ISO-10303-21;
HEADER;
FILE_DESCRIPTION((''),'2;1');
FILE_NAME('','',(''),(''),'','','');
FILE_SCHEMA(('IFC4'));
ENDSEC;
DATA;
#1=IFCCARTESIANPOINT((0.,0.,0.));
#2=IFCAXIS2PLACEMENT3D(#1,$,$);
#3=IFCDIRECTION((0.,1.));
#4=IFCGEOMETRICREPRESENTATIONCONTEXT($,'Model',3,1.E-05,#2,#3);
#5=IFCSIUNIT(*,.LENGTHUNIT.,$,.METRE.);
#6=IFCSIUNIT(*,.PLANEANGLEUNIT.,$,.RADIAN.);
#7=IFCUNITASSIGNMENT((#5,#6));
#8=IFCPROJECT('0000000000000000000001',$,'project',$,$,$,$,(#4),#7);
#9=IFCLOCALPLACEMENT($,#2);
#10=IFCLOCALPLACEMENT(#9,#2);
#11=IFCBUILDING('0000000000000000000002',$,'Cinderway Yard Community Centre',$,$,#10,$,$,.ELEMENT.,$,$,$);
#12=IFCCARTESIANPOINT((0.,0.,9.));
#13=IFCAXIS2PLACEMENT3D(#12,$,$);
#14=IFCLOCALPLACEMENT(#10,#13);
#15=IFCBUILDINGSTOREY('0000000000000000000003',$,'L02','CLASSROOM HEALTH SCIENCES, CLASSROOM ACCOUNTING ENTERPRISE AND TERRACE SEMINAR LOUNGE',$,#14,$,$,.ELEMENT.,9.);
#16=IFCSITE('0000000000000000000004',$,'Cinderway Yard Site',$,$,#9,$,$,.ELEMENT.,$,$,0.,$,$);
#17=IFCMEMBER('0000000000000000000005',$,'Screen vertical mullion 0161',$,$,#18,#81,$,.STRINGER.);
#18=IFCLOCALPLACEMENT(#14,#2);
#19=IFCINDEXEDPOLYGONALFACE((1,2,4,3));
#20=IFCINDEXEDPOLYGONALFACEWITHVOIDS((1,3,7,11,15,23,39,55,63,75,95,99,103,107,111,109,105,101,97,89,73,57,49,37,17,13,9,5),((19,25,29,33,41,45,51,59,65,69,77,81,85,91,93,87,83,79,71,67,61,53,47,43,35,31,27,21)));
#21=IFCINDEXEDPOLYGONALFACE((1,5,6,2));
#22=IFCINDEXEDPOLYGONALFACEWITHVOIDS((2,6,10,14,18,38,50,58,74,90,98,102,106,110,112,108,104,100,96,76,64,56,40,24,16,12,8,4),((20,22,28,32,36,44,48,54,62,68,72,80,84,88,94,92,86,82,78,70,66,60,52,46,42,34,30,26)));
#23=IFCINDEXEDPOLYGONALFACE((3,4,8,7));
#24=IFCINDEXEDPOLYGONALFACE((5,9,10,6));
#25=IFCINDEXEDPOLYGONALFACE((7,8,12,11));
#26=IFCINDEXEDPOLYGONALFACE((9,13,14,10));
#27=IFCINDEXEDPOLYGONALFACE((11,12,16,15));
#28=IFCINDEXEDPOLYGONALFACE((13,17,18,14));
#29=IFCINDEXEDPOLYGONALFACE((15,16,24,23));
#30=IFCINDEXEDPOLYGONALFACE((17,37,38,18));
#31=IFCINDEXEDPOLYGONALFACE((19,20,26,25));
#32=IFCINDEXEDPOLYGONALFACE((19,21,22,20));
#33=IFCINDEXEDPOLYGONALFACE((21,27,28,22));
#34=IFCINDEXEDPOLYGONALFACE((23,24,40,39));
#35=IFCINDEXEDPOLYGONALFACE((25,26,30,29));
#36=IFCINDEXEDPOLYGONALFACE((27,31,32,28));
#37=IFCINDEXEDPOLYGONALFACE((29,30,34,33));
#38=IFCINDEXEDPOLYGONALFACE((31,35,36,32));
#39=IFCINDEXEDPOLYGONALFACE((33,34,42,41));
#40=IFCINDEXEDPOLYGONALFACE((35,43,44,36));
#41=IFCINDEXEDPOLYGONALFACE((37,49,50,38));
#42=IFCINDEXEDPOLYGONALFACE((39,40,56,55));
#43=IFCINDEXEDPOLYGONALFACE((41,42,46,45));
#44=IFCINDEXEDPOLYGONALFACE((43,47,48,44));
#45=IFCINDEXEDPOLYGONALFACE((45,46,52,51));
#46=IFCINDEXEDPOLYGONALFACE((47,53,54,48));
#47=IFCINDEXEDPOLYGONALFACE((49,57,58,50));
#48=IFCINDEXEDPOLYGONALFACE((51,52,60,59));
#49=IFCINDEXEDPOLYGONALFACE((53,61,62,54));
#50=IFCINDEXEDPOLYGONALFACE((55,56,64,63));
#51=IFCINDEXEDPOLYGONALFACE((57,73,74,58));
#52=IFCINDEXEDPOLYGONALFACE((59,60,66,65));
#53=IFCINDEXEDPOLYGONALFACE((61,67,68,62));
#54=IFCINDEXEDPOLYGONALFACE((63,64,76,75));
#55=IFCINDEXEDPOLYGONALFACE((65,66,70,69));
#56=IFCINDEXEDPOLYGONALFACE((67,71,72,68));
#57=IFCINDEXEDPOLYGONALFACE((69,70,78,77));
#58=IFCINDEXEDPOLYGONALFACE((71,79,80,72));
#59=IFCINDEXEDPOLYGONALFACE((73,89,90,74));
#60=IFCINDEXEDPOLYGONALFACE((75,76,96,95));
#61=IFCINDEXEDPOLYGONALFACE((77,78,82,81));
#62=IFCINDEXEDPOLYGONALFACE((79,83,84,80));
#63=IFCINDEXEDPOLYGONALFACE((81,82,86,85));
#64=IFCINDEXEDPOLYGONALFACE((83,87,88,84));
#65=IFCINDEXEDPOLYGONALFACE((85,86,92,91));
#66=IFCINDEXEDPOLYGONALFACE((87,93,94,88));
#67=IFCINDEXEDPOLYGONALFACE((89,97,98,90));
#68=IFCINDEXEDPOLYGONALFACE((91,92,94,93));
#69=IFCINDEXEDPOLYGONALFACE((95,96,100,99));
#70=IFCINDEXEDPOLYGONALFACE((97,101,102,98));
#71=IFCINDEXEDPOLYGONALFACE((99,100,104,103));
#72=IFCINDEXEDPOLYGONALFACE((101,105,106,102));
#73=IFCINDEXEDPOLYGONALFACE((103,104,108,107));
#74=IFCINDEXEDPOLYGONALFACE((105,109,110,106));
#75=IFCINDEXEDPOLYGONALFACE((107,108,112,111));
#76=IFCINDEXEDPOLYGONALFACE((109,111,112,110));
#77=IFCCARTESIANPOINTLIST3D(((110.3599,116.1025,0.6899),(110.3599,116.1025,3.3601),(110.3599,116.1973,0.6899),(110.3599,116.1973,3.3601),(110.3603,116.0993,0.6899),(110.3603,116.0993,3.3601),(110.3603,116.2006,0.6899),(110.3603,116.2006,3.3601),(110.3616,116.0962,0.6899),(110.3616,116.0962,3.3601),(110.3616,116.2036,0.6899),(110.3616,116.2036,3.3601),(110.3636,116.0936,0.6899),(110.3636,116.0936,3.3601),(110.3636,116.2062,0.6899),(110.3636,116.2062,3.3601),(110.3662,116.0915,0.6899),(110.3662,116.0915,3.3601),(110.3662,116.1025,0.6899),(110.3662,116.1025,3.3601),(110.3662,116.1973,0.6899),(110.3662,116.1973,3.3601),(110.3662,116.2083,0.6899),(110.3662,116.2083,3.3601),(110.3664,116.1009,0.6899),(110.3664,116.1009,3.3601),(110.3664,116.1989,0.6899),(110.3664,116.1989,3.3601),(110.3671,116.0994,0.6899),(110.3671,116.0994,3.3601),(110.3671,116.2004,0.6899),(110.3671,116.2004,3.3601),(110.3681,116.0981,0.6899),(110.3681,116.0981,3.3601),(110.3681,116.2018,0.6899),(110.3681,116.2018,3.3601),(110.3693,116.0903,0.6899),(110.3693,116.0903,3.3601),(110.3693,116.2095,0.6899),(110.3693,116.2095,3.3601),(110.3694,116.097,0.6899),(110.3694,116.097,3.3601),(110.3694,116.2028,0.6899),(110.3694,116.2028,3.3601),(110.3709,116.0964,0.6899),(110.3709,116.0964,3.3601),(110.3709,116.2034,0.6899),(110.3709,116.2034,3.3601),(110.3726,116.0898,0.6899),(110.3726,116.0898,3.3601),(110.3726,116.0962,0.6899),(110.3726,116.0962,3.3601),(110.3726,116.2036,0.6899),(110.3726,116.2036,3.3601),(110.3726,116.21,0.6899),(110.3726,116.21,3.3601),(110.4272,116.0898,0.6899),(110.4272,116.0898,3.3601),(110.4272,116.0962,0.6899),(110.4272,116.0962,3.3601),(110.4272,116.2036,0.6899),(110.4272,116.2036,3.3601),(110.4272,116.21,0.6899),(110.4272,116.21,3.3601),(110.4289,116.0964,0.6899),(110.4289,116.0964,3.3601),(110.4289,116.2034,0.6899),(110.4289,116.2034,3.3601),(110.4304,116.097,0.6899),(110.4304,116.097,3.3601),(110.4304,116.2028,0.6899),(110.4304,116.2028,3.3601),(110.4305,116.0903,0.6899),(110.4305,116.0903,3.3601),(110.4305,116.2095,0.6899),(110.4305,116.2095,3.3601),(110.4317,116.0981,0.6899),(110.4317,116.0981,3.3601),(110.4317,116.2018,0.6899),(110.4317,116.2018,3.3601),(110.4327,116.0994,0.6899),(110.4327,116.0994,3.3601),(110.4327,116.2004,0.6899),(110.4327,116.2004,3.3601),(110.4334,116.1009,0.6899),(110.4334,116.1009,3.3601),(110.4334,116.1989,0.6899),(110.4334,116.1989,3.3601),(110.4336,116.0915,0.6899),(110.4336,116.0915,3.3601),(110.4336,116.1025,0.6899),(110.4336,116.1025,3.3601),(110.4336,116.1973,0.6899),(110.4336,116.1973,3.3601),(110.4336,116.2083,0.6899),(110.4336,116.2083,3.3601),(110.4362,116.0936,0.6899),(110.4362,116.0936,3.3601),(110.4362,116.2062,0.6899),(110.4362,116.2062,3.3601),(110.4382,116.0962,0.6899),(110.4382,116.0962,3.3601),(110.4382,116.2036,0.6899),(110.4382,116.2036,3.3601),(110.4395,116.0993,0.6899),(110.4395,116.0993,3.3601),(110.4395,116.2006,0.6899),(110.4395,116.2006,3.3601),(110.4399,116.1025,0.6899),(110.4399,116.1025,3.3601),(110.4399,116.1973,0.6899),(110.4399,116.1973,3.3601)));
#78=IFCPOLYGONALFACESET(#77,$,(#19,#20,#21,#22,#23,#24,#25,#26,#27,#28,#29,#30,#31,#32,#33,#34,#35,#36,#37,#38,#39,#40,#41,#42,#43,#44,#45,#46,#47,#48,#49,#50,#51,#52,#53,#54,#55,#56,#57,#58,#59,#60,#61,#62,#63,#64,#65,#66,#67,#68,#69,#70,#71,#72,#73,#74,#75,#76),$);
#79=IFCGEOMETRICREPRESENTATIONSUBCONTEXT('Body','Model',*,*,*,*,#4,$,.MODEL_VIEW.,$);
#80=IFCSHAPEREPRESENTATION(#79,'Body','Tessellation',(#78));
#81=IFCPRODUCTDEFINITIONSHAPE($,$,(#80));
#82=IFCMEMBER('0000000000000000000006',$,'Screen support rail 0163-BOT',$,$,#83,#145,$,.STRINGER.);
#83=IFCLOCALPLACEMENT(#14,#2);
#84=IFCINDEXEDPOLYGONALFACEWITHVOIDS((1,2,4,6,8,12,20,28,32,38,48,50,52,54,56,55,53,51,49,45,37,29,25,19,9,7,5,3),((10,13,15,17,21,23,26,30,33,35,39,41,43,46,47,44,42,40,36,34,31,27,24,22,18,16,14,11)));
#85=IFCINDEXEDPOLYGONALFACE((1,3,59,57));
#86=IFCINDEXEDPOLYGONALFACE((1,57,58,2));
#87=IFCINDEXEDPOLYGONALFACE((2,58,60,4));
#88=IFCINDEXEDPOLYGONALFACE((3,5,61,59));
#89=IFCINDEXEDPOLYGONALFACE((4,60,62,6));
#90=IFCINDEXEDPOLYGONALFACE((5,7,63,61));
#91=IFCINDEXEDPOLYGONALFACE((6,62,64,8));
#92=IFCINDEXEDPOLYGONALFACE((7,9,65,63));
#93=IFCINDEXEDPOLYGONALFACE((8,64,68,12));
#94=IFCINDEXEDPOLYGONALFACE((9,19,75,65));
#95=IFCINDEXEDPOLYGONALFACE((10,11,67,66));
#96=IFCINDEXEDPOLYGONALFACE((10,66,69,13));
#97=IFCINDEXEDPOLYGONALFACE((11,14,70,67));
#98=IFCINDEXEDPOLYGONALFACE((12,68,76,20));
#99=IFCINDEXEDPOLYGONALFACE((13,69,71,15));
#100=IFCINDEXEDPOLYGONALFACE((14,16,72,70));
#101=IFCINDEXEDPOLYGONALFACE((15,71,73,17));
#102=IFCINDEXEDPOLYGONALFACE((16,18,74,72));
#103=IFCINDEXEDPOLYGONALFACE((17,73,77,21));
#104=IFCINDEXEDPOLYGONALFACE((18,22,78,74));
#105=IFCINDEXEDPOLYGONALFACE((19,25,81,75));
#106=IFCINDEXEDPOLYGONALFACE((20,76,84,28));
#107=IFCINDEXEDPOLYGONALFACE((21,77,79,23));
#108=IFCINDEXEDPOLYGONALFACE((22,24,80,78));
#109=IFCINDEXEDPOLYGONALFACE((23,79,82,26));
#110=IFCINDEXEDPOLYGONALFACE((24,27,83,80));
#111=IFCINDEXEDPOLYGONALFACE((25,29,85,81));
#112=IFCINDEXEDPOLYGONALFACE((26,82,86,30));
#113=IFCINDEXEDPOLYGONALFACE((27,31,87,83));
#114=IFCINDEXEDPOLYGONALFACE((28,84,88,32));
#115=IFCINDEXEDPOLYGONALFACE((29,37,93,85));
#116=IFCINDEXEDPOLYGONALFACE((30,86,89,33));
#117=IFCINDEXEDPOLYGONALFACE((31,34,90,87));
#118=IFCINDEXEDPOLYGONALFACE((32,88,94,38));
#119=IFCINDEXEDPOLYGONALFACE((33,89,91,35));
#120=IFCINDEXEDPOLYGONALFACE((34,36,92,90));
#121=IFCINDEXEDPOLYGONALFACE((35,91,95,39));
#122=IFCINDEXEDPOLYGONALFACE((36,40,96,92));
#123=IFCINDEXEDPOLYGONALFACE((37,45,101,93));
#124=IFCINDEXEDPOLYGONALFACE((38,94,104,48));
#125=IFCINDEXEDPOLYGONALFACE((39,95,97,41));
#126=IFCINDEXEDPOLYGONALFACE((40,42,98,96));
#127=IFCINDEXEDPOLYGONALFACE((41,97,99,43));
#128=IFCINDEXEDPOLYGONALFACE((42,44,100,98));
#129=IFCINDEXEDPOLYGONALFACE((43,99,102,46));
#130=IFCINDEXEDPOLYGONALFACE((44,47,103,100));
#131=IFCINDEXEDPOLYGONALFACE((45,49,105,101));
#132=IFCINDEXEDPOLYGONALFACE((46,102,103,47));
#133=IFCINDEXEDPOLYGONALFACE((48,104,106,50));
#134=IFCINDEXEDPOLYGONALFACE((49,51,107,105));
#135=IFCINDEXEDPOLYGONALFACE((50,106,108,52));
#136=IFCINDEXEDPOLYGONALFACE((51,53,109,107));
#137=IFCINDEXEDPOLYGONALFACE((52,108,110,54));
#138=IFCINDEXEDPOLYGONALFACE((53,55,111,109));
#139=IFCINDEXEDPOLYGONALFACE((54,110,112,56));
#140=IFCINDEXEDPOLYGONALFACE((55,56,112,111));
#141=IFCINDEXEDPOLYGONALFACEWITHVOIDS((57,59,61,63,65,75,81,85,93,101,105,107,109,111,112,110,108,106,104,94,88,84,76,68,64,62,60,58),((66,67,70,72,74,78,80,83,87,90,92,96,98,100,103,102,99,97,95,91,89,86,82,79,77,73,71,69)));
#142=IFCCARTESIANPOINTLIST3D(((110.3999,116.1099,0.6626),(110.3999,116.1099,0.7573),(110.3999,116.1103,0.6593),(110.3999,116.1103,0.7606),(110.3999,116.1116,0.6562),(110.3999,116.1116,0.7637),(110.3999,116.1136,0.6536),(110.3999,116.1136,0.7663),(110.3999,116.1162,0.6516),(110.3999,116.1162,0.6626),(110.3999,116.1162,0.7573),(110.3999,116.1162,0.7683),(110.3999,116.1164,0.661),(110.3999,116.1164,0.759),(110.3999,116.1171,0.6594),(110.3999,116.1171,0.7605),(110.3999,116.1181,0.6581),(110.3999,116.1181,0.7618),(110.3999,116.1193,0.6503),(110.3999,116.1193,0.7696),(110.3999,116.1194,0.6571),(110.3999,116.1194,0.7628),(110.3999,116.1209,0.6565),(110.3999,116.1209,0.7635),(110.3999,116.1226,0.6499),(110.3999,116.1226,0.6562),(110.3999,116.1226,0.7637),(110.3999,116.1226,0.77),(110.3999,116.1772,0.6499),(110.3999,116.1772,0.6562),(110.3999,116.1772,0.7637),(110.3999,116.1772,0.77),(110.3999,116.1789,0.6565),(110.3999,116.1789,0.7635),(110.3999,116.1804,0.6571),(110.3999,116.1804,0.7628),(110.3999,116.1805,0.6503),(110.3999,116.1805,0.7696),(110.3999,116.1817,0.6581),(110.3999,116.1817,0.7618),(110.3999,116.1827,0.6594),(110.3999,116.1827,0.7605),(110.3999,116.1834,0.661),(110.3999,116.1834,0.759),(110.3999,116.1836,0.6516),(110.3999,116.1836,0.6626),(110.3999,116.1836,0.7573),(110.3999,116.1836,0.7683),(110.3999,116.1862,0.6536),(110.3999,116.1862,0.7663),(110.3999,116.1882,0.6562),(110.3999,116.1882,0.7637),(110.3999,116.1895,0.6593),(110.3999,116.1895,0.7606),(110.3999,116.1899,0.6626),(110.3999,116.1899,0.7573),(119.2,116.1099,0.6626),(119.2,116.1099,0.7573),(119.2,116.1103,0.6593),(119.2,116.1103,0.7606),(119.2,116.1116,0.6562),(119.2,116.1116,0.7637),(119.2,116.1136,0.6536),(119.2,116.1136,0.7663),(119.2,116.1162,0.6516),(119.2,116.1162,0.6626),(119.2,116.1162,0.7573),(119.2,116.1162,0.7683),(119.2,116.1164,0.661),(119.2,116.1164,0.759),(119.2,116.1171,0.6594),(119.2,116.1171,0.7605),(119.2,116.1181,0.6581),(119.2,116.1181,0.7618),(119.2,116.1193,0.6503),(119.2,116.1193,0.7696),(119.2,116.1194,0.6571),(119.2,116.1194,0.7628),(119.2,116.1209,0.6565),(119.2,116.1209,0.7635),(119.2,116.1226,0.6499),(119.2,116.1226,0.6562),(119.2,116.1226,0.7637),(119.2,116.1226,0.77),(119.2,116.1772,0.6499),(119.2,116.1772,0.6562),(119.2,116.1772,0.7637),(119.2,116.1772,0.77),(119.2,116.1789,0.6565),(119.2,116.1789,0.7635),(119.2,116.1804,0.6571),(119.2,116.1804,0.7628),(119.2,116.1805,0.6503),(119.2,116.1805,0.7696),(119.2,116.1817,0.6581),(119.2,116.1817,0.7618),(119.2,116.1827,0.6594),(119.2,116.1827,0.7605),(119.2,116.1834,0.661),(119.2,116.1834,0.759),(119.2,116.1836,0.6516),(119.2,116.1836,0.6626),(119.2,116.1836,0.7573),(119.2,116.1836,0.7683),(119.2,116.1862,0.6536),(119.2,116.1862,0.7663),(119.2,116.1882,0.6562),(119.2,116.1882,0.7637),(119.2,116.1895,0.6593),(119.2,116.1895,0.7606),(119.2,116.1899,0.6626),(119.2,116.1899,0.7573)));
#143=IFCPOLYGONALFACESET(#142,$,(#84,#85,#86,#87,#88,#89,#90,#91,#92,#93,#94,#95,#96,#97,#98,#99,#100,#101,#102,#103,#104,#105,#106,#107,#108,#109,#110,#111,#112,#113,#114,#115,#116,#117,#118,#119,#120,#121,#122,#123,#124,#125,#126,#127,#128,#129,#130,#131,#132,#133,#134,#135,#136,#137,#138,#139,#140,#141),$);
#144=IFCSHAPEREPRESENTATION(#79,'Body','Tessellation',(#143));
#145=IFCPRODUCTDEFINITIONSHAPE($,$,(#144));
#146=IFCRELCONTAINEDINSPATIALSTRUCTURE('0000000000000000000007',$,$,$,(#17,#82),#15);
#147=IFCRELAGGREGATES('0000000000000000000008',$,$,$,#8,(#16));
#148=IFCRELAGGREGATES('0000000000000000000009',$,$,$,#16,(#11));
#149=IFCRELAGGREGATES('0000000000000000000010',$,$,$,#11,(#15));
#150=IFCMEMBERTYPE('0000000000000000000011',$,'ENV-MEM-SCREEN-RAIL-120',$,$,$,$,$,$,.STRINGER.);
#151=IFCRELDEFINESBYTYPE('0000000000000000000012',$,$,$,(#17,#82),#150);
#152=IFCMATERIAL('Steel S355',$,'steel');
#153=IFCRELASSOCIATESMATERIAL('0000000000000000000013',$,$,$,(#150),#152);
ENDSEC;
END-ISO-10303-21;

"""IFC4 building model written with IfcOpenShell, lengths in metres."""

from ifc_helpers import new_model, si_unit, direction, frame, origin, origin_2d, place, context, subcontext, project, spatial, hollow_rectangle, extrude, material, material_profile, profile_set, type_object, element, save


model = new_model("IFC4")

# Units and contexts
model_context = context("Model", 3, precision=1e-05, world=origin(), true_north=direction((0.0, 1.0)))
body_context = subcontext(model_context, "Body", "Model", "MODEL_VIEW")
ifc_project = project(units=[si_unit("LENGTHUNIT", "METRE"), si_unit("PLANEANGLEUNIT", "RADIAN")], contexts=[model_context])

# Site, building, storey
site_placement = place(None, origin())
site = spatial("IfcSite", under=ifc_project, at=site_placement, Name="Cinderway Yard Site", CompositionType="ELEMENT", RefElevation=0.0)
building_placement = place(site_placement, origin())
building = spatial("IfcBuilding", under=site, at=building_placement, Name="Cinderway Yard Community Centre", CompositionType="ELEMENT")
storey_placement = place(building_placement, frame((0.0, 0.0, 9.0)))
storey = spatial("IfcBuildingStorey", under=building, at=storey_placement, Name="L02", Description="CLASSROOM HEALTH SCIENCES, CLASSROOM ACCOUNTING ENTERPRISE AND TERRACE SEMINAR LOUNGE", CompositionType="ELEMENT", Elevation=9.0)

# Members
ifc_material_1 = material(Name="Steel S355", Category="steel")
ifc_material_profile_1 = material_profile(ifc_material_1, hollow_rectangle(XDim=0.0801, YDim=0.1201, WallThickness=0.0063, InnerFilletRadius=0.0063, OuterFilletRadius=0.0127, at=origin_2d()), Name="Steel S355")
ifc_profile_set_1 = profile_set([ifc_material_profile_1], Name="Steel S355")
member_type_1 = type_object("IfcMemberType", Name="ENV-MEM-SCREEN-RAIL-120", PredefinedType="STRINGER", material=ifc_profile_set_1)
member_1_placement = place(storey_placement, frame((110.3999, 116.1499, 0.6899), z_axis=(0.0, 0.0, 1.0), x_axis=(1.0, 0.0, 0.0)))
element("IfcMember", 1, at=member_1_placement, inside=storey, type_object=member_type_1, Name="Screen vertical mullion 0161", PredefinedType="STRINGER", context=body_context, shape_type="SweptSolid", body=[
    extrude(hollow_rectangle(XDim=0.0801, YDim=0.1201, WallThickness=0.0063, InnerFilletRadius=0.0063, OuterFilletRadius=0.0127, at=origin_2d()), origin(), (0.0, 0.0, 1.0), 2.6702),
])
for number, where, z_axis, x_axis, name in (
    (2, (110.3999, 116.1499, 0.71), (1.0, 0.0, 0.0), (0.0, 1.0, 0.0), "Screen support rail 0163-BOT"),
):
    element("IfcMember", number, at=place(storey_placement, frame(where, z_axis=z_axis, x_axis=x_axis)), inside=storey, type_object=member_type_1, Name=name, PredefinedType="STRINGER", context=body_context, shape_type="SweptSolid", body=[
        extrude(hollow_rectangle(XDim=0.0801, YDim=0.1201, WallThickness=0.0063, InnerFilletRadius=0.0063, OuterFilletRadius=0.0127, at=origin_2d()), origin(), (0.0, 0.0, 1.0), 8.8),
    ])

save(model, "model.ifc")
